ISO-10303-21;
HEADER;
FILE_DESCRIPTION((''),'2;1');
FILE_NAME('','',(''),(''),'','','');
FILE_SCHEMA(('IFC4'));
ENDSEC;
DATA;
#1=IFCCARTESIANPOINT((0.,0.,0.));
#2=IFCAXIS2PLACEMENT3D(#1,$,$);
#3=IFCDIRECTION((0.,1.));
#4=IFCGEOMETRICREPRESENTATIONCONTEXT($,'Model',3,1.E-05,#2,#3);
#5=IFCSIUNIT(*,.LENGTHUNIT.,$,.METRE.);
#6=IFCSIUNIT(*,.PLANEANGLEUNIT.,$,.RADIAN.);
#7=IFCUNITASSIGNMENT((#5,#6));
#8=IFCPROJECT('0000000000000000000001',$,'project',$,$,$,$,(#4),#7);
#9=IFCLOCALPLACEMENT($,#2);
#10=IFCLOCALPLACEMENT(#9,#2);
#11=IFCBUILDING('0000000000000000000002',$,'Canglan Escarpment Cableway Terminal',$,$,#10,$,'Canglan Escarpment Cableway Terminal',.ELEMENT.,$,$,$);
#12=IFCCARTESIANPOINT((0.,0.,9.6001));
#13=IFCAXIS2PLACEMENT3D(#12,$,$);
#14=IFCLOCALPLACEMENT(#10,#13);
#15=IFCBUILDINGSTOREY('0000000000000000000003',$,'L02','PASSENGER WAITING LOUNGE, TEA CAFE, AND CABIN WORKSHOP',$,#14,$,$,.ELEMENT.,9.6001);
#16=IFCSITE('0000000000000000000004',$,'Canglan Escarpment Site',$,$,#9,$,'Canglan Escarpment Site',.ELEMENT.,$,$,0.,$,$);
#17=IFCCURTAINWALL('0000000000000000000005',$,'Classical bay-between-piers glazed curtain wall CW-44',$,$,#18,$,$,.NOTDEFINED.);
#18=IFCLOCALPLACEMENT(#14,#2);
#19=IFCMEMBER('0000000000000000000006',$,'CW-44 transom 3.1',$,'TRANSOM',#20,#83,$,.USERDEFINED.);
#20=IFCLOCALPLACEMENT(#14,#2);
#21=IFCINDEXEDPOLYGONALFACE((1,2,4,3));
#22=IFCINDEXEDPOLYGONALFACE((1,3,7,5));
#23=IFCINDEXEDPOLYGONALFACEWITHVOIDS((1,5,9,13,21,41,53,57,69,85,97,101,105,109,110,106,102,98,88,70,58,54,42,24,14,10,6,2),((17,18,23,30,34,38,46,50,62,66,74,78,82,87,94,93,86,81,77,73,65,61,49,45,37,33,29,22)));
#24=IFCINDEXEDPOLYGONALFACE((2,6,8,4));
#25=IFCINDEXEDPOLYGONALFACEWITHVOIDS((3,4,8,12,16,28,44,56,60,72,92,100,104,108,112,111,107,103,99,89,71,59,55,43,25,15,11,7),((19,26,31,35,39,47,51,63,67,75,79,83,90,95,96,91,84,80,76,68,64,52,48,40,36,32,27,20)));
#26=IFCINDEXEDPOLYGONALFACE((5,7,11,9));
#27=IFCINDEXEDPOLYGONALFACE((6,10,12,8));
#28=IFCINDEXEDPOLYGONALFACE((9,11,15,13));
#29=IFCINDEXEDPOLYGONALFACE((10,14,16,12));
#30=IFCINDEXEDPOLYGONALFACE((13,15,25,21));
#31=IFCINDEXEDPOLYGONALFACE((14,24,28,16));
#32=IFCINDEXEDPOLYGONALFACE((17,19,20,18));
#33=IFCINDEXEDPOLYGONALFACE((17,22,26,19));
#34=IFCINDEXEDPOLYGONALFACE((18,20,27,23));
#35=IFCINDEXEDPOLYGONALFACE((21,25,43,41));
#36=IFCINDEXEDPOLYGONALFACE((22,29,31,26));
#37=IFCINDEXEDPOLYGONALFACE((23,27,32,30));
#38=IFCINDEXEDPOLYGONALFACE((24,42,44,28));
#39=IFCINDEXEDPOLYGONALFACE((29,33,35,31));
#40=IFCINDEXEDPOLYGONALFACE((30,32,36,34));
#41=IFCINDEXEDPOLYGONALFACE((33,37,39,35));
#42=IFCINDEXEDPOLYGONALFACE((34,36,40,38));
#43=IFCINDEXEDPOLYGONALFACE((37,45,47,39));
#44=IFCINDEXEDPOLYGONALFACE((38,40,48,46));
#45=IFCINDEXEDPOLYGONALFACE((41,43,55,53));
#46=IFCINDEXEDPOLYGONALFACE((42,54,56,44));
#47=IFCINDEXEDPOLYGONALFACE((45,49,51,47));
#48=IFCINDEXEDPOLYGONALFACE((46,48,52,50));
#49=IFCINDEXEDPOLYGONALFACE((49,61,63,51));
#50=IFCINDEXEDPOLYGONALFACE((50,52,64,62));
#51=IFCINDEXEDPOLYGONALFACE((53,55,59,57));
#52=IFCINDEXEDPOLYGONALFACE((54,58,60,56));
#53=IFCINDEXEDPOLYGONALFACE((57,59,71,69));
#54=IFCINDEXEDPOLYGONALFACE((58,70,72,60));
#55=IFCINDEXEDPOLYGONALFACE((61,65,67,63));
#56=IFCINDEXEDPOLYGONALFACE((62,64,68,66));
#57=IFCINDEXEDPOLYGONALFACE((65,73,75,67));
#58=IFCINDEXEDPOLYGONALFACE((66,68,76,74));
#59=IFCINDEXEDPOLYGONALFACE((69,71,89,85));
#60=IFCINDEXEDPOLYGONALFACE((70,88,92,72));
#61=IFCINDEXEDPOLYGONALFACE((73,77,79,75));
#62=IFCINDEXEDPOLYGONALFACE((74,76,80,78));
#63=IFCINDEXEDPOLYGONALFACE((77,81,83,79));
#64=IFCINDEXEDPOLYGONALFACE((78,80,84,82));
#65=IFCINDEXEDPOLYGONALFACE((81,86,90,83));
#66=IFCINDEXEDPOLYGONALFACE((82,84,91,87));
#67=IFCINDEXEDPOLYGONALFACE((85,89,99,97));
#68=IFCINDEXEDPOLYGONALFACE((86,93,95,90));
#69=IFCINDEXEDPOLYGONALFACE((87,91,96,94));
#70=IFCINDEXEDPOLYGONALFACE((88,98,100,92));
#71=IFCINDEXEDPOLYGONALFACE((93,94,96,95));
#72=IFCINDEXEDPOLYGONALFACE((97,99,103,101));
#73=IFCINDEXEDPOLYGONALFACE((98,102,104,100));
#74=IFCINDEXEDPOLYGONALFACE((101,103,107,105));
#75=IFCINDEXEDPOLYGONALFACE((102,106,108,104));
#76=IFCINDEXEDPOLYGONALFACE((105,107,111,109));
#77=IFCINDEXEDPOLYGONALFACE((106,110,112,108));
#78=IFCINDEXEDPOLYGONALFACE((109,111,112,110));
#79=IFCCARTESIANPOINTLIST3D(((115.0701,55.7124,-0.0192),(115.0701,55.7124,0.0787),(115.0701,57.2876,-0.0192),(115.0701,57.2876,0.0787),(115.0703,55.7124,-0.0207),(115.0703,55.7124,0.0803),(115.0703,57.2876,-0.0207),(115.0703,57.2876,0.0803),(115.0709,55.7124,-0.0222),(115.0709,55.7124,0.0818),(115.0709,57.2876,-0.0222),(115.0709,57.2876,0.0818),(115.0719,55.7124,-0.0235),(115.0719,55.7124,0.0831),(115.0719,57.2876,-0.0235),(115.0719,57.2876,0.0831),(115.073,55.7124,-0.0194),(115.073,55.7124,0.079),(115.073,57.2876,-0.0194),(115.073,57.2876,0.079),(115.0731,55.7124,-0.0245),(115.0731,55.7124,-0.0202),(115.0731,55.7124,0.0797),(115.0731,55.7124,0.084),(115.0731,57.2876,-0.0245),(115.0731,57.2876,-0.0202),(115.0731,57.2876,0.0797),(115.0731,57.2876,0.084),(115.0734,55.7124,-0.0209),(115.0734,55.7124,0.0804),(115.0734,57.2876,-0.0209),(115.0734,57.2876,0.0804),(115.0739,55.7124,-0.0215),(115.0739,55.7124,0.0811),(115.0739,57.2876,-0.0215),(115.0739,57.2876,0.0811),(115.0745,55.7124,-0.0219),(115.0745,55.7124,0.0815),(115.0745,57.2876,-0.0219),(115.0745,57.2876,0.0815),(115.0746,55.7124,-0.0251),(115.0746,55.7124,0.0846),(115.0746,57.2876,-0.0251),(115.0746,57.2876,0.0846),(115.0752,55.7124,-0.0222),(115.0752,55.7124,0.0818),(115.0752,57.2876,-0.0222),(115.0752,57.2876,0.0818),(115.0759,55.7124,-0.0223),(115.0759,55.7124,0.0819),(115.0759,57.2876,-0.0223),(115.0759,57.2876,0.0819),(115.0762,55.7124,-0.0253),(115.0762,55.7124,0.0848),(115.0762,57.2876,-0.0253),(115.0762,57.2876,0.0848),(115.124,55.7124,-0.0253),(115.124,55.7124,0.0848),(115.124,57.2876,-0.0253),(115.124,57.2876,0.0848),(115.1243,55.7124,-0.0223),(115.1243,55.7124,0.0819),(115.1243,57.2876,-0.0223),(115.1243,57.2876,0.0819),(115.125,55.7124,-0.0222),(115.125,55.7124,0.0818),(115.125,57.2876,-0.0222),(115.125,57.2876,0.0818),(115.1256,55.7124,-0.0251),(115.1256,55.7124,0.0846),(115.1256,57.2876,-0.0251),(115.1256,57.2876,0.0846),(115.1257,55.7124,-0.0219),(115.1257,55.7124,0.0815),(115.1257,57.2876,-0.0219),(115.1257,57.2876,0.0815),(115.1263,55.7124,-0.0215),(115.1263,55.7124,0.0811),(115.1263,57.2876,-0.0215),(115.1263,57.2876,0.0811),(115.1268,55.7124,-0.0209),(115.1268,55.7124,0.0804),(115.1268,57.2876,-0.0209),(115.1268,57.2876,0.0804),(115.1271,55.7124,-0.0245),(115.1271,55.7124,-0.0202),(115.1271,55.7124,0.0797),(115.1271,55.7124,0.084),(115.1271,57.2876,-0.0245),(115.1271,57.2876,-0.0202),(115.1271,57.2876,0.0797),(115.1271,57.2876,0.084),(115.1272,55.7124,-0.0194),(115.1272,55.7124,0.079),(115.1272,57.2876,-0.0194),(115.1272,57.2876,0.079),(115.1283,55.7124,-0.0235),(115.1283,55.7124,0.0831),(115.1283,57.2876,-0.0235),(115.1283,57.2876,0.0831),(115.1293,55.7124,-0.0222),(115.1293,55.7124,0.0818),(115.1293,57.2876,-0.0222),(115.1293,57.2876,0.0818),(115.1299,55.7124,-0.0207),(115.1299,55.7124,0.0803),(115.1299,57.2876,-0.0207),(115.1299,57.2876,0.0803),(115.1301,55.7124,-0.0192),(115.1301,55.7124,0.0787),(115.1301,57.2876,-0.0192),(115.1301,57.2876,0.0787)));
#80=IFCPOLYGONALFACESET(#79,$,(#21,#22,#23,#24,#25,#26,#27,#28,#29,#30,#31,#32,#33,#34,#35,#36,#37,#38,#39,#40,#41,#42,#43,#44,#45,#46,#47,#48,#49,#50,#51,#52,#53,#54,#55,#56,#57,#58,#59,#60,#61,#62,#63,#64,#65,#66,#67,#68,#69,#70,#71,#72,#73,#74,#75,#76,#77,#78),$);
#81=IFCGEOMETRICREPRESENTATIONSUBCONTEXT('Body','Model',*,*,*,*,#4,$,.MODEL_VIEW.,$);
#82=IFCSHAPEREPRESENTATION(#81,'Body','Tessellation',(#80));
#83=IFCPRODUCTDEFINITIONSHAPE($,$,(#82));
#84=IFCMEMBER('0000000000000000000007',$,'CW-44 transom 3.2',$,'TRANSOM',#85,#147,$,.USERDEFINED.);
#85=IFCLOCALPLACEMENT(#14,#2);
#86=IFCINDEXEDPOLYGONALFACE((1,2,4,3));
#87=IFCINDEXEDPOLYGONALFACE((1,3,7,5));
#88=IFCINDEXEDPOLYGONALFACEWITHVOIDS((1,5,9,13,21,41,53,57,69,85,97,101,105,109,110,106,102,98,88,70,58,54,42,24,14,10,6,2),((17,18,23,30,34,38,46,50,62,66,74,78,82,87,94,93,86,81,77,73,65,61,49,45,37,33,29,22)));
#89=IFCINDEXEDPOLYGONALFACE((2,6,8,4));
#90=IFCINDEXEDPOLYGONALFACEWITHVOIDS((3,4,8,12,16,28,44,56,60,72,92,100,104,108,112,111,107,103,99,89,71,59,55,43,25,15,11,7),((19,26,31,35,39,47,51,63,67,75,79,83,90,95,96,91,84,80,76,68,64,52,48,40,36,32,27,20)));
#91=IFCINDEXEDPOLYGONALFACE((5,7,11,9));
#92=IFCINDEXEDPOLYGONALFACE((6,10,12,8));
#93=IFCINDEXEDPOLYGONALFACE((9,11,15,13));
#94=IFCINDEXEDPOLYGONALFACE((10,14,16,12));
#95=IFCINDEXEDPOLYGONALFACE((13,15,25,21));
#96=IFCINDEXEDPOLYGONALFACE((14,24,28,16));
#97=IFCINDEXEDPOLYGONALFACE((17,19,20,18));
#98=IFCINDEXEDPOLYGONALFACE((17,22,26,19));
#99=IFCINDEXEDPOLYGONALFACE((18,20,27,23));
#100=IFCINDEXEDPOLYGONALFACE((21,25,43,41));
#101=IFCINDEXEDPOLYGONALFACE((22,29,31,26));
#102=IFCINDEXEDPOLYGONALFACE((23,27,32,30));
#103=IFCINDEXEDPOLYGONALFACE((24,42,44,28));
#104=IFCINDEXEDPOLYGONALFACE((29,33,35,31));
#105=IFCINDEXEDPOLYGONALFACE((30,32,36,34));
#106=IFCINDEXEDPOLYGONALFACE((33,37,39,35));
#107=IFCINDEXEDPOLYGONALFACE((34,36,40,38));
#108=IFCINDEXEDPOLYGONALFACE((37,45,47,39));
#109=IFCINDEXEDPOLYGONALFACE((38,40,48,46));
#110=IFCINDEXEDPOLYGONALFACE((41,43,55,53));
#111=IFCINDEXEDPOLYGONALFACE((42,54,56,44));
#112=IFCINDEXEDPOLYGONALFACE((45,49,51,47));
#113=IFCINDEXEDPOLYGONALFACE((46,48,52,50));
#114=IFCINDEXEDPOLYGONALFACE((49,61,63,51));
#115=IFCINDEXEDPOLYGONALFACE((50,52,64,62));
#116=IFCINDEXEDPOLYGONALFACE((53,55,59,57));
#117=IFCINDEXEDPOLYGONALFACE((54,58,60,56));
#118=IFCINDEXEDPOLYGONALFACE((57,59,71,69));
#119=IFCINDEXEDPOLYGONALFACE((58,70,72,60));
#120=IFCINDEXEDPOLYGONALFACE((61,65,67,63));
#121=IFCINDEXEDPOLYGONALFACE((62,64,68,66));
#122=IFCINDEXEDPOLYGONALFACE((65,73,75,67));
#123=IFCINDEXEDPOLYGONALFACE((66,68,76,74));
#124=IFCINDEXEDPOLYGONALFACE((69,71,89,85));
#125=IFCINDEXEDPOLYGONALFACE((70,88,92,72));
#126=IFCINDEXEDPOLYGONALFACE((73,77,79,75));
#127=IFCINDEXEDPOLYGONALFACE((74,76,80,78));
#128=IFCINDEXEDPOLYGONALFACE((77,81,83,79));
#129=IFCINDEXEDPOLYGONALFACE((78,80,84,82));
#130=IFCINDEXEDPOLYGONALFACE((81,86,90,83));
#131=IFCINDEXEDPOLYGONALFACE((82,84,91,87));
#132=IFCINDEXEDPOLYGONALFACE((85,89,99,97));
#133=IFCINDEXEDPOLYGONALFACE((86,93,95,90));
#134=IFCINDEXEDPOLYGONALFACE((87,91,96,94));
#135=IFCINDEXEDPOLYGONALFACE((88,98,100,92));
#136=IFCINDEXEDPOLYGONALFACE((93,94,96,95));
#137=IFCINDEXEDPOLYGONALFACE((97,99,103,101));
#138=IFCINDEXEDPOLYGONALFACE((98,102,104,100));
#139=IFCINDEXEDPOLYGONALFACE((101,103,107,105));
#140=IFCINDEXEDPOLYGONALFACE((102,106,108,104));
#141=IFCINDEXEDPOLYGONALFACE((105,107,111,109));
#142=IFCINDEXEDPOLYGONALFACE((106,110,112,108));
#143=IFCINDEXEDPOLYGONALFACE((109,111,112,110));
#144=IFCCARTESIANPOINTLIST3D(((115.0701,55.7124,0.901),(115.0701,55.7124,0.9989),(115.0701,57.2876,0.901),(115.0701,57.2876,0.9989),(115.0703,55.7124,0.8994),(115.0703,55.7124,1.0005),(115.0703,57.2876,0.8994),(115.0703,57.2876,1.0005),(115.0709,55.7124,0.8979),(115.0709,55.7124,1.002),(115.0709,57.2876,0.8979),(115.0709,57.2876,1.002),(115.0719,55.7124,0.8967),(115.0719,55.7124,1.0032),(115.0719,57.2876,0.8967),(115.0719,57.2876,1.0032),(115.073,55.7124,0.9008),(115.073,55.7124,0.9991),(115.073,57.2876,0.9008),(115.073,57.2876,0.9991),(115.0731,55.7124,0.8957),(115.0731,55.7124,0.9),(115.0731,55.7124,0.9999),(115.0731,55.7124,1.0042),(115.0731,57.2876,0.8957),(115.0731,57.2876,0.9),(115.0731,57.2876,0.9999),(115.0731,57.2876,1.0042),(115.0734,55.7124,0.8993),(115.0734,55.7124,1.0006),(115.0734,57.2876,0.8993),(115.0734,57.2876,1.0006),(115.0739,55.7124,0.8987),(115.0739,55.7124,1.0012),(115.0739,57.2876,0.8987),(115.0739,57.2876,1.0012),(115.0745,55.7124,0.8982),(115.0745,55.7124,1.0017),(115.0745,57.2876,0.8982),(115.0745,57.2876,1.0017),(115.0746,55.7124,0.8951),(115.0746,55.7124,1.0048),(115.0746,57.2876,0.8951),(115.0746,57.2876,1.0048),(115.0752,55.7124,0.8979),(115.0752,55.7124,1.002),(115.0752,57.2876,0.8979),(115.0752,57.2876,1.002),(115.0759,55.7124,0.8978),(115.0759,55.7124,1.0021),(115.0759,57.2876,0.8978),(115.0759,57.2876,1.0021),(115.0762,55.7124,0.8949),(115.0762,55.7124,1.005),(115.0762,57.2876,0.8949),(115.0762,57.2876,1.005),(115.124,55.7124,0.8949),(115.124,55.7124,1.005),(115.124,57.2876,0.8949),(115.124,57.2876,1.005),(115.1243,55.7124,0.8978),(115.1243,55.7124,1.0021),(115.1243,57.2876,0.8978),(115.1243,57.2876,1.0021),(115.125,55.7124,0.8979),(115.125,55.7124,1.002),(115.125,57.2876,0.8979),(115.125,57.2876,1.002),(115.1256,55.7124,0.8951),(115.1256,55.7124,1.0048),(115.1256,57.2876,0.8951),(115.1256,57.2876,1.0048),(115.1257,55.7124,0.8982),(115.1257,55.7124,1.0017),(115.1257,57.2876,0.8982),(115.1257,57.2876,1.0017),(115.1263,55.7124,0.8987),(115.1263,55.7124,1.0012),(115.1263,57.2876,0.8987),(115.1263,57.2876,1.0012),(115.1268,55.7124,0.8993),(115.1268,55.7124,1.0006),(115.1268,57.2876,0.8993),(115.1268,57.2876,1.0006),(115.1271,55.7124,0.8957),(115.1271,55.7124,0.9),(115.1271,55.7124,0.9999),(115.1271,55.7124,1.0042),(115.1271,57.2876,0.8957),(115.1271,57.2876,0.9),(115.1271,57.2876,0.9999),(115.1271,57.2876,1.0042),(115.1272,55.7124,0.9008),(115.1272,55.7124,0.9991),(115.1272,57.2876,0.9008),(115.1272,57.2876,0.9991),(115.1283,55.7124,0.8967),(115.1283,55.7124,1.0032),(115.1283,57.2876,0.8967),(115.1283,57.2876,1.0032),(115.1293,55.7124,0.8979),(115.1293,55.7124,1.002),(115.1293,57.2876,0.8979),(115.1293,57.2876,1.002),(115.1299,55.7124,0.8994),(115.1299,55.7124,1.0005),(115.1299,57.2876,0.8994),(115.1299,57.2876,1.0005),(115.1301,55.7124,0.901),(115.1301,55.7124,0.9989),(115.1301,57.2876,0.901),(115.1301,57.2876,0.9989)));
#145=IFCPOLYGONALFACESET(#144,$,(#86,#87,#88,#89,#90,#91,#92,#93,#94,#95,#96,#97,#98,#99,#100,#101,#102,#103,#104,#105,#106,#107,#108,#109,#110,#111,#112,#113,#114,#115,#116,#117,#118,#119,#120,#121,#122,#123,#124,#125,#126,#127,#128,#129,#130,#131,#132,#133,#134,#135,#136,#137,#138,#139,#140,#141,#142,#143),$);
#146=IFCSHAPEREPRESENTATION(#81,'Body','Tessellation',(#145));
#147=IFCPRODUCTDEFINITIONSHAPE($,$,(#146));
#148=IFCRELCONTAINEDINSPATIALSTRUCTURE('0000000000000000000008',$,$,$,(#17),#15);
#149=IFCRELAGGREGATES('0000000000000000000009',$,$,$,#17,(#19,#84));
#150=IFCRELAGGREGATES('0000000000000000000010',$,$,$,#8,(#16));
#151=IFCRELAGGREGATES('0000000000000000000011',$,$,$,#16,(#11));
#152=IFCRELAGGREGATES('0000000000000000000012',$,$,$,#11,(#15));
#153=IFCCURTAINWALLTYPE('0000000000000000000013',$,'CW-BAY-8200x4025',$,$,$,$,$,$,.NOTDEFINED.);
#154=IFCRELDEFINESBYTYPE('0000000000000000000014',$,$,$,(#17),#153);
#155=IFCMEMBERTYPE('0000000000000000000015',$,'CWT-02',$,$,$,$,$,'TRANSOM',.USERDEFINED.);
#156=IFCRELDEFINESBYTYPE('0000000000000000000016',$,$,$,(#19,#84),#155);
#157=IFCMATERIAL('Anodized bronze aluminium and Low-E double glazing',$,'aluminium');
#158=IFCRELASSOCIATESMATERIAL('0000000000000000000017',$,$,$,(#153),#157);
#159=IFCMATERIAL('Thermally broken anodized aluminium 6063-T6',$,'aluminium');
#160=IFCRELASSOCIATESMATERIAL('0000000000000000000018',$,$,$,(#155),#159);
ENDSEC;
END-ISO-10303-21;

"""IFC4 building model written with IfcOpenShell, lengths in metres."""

from ifc_helpers import new_model, si_unit, direction, frame, origin, origin_2d, place, context, subcontext, project, spatial, hollow_rectangle, extrude, material, material_profile, profile_set, type_object, element, aggregate, save


model = new_model("IFC4")

# Units and contexts
model_context = context("Model", 3, precision=1e-05, world=origin(), true_north=direction((0.0, 1.0)))
body_context = subcontext(model_context, "Body", "Model", "MODEL_VIEW")
ifc_project = project(units=[si_unit("LENGTHUNIT", "METRE"), si_unit("PLANEANGLEUNIT", "RADIAN")], contexts=[model_context])

# Site, building, storey
site_placement = place(None, origin())
site = spatial("IfcSite", under=ifc_project, at=site_placement, Name="Canglan Escarpment Site", LongName="Canglan Escarpment Site", CompositionType="ELEMENT", RefElevation=0.0)
building_placement = place(site_placement, origin())
building = spatial("IfcBuilding", under=site, at=building_placement, Name="Canglan Escarpment Cableway Terminal", LongName="Canglan Escarpment Cableway Terminal", CompositionType="ELEMENT")
storey_placement = place(building_placement, frame((0.0, 0.0, 9.6001)))
storey = spatial("IfcBuildingStorey", under=building, at=storey_placement, Name="L02", Description="PASSENGER WAITING LOUNGE, TEA CAFE, AND CABIN WORKSHOP", CompositionType="ELEMENT", Elevation=9.6001)

# Curtain wall, members
ifc_material_1 = material(Name="Anodized bronze aluminium and Low-E double glazing", Category="aluminium")
curtain_wall_type = type_object("IfcCurtainWallType", Name="CW-BAY-8200x4025", PredefinedType="NOTDEFINED", material=ifc_material_1)
curtain_wall_placement = place(storey_placement, origin())
curtain_wall = element("IfcCurtainWall", 1, at=curtain_wall_placement, inside=storey, type_object=curtain_wall_type, Name="Classical bay-between-piers glazed curtain wall CW-44", PredefinedType="NOTDEFINED")
ifc_material_2 = material(Name="Thermally broken anodized aluminium 6063-T6", Category="aluminium")
ifc_material_profile_1 = material_profile(ifc_material_2, hollow_rectangle(XDim=0.0601, YDim=0.1101, WallThickness=0.0029, InnerFilletRadius=0.0029, OuterFilletRadius=0.0061, at=origin_2d()), Name="ALU-TRAN 60x110x3")
ifc_profile_set_1 = profile_set([ifc_material_profile_1], Name="Thermally broken anodized aluminium 6063-T6")
member_type_1 = type_object("IfcMemberType", Name="CWT-02", ElementType="TRANSOM", PredefinedType="USERDEFINED", material=ifc_profile_set_1)
member_1_placement = place(storey_placement, frame((115.1001, 57.2876, 0.0298), z_axis=(0.0, -1.0, 0.0), x_axis=(1.0, 0.0, 0.0)))
member_1 = element("IfcMember", 2, at=member_1_placement, type_object=member_type_1, Name="CW-44 transom 3.1", ObjectType="TRANSOM", PredefinedType="USERDEFINED", context=body_context, shape_type="SweptSolid", body=[
    extrude(hollow_rectangle(XDim=0.0601, YDim=0.1101, WallThickness=0.0029, InnerFilletRadius=0.0029, OuterFilletRadius=0.0061, at=origin_2d()), origin(), (0.0, 0.0, 1.0), 1.5752),
])
member_2_placement = place(storey_placement, frame((115.1001, 57.2876, 0.95), z_axis=(0.0, -1.0, 0.0), x_axis=(1.0, 0.0, 0.0)))
member_2 = element("IfcMember", 3, at=member_2_placement, type_object=member_type_1, Name="CW-44 transom 3.2", ObjectType="TRANSOM", PredefinedType="USERDEFINED", context=body_context, shape_type="SweptSolid", body=[
    extrude(hollow_rectangle(XDim=0.0601, YDim=0.1101, WallThickness=0.0029, InnerFilletRadius=0.0029, OuterFilletRadius=0.0061, at=origin_2d()), origin(), (0.0, 0.0, 1.0), 1.5752),
])

aggregate(curtain_wall, [member_1, member_2])

save(model, "model.ifc")
